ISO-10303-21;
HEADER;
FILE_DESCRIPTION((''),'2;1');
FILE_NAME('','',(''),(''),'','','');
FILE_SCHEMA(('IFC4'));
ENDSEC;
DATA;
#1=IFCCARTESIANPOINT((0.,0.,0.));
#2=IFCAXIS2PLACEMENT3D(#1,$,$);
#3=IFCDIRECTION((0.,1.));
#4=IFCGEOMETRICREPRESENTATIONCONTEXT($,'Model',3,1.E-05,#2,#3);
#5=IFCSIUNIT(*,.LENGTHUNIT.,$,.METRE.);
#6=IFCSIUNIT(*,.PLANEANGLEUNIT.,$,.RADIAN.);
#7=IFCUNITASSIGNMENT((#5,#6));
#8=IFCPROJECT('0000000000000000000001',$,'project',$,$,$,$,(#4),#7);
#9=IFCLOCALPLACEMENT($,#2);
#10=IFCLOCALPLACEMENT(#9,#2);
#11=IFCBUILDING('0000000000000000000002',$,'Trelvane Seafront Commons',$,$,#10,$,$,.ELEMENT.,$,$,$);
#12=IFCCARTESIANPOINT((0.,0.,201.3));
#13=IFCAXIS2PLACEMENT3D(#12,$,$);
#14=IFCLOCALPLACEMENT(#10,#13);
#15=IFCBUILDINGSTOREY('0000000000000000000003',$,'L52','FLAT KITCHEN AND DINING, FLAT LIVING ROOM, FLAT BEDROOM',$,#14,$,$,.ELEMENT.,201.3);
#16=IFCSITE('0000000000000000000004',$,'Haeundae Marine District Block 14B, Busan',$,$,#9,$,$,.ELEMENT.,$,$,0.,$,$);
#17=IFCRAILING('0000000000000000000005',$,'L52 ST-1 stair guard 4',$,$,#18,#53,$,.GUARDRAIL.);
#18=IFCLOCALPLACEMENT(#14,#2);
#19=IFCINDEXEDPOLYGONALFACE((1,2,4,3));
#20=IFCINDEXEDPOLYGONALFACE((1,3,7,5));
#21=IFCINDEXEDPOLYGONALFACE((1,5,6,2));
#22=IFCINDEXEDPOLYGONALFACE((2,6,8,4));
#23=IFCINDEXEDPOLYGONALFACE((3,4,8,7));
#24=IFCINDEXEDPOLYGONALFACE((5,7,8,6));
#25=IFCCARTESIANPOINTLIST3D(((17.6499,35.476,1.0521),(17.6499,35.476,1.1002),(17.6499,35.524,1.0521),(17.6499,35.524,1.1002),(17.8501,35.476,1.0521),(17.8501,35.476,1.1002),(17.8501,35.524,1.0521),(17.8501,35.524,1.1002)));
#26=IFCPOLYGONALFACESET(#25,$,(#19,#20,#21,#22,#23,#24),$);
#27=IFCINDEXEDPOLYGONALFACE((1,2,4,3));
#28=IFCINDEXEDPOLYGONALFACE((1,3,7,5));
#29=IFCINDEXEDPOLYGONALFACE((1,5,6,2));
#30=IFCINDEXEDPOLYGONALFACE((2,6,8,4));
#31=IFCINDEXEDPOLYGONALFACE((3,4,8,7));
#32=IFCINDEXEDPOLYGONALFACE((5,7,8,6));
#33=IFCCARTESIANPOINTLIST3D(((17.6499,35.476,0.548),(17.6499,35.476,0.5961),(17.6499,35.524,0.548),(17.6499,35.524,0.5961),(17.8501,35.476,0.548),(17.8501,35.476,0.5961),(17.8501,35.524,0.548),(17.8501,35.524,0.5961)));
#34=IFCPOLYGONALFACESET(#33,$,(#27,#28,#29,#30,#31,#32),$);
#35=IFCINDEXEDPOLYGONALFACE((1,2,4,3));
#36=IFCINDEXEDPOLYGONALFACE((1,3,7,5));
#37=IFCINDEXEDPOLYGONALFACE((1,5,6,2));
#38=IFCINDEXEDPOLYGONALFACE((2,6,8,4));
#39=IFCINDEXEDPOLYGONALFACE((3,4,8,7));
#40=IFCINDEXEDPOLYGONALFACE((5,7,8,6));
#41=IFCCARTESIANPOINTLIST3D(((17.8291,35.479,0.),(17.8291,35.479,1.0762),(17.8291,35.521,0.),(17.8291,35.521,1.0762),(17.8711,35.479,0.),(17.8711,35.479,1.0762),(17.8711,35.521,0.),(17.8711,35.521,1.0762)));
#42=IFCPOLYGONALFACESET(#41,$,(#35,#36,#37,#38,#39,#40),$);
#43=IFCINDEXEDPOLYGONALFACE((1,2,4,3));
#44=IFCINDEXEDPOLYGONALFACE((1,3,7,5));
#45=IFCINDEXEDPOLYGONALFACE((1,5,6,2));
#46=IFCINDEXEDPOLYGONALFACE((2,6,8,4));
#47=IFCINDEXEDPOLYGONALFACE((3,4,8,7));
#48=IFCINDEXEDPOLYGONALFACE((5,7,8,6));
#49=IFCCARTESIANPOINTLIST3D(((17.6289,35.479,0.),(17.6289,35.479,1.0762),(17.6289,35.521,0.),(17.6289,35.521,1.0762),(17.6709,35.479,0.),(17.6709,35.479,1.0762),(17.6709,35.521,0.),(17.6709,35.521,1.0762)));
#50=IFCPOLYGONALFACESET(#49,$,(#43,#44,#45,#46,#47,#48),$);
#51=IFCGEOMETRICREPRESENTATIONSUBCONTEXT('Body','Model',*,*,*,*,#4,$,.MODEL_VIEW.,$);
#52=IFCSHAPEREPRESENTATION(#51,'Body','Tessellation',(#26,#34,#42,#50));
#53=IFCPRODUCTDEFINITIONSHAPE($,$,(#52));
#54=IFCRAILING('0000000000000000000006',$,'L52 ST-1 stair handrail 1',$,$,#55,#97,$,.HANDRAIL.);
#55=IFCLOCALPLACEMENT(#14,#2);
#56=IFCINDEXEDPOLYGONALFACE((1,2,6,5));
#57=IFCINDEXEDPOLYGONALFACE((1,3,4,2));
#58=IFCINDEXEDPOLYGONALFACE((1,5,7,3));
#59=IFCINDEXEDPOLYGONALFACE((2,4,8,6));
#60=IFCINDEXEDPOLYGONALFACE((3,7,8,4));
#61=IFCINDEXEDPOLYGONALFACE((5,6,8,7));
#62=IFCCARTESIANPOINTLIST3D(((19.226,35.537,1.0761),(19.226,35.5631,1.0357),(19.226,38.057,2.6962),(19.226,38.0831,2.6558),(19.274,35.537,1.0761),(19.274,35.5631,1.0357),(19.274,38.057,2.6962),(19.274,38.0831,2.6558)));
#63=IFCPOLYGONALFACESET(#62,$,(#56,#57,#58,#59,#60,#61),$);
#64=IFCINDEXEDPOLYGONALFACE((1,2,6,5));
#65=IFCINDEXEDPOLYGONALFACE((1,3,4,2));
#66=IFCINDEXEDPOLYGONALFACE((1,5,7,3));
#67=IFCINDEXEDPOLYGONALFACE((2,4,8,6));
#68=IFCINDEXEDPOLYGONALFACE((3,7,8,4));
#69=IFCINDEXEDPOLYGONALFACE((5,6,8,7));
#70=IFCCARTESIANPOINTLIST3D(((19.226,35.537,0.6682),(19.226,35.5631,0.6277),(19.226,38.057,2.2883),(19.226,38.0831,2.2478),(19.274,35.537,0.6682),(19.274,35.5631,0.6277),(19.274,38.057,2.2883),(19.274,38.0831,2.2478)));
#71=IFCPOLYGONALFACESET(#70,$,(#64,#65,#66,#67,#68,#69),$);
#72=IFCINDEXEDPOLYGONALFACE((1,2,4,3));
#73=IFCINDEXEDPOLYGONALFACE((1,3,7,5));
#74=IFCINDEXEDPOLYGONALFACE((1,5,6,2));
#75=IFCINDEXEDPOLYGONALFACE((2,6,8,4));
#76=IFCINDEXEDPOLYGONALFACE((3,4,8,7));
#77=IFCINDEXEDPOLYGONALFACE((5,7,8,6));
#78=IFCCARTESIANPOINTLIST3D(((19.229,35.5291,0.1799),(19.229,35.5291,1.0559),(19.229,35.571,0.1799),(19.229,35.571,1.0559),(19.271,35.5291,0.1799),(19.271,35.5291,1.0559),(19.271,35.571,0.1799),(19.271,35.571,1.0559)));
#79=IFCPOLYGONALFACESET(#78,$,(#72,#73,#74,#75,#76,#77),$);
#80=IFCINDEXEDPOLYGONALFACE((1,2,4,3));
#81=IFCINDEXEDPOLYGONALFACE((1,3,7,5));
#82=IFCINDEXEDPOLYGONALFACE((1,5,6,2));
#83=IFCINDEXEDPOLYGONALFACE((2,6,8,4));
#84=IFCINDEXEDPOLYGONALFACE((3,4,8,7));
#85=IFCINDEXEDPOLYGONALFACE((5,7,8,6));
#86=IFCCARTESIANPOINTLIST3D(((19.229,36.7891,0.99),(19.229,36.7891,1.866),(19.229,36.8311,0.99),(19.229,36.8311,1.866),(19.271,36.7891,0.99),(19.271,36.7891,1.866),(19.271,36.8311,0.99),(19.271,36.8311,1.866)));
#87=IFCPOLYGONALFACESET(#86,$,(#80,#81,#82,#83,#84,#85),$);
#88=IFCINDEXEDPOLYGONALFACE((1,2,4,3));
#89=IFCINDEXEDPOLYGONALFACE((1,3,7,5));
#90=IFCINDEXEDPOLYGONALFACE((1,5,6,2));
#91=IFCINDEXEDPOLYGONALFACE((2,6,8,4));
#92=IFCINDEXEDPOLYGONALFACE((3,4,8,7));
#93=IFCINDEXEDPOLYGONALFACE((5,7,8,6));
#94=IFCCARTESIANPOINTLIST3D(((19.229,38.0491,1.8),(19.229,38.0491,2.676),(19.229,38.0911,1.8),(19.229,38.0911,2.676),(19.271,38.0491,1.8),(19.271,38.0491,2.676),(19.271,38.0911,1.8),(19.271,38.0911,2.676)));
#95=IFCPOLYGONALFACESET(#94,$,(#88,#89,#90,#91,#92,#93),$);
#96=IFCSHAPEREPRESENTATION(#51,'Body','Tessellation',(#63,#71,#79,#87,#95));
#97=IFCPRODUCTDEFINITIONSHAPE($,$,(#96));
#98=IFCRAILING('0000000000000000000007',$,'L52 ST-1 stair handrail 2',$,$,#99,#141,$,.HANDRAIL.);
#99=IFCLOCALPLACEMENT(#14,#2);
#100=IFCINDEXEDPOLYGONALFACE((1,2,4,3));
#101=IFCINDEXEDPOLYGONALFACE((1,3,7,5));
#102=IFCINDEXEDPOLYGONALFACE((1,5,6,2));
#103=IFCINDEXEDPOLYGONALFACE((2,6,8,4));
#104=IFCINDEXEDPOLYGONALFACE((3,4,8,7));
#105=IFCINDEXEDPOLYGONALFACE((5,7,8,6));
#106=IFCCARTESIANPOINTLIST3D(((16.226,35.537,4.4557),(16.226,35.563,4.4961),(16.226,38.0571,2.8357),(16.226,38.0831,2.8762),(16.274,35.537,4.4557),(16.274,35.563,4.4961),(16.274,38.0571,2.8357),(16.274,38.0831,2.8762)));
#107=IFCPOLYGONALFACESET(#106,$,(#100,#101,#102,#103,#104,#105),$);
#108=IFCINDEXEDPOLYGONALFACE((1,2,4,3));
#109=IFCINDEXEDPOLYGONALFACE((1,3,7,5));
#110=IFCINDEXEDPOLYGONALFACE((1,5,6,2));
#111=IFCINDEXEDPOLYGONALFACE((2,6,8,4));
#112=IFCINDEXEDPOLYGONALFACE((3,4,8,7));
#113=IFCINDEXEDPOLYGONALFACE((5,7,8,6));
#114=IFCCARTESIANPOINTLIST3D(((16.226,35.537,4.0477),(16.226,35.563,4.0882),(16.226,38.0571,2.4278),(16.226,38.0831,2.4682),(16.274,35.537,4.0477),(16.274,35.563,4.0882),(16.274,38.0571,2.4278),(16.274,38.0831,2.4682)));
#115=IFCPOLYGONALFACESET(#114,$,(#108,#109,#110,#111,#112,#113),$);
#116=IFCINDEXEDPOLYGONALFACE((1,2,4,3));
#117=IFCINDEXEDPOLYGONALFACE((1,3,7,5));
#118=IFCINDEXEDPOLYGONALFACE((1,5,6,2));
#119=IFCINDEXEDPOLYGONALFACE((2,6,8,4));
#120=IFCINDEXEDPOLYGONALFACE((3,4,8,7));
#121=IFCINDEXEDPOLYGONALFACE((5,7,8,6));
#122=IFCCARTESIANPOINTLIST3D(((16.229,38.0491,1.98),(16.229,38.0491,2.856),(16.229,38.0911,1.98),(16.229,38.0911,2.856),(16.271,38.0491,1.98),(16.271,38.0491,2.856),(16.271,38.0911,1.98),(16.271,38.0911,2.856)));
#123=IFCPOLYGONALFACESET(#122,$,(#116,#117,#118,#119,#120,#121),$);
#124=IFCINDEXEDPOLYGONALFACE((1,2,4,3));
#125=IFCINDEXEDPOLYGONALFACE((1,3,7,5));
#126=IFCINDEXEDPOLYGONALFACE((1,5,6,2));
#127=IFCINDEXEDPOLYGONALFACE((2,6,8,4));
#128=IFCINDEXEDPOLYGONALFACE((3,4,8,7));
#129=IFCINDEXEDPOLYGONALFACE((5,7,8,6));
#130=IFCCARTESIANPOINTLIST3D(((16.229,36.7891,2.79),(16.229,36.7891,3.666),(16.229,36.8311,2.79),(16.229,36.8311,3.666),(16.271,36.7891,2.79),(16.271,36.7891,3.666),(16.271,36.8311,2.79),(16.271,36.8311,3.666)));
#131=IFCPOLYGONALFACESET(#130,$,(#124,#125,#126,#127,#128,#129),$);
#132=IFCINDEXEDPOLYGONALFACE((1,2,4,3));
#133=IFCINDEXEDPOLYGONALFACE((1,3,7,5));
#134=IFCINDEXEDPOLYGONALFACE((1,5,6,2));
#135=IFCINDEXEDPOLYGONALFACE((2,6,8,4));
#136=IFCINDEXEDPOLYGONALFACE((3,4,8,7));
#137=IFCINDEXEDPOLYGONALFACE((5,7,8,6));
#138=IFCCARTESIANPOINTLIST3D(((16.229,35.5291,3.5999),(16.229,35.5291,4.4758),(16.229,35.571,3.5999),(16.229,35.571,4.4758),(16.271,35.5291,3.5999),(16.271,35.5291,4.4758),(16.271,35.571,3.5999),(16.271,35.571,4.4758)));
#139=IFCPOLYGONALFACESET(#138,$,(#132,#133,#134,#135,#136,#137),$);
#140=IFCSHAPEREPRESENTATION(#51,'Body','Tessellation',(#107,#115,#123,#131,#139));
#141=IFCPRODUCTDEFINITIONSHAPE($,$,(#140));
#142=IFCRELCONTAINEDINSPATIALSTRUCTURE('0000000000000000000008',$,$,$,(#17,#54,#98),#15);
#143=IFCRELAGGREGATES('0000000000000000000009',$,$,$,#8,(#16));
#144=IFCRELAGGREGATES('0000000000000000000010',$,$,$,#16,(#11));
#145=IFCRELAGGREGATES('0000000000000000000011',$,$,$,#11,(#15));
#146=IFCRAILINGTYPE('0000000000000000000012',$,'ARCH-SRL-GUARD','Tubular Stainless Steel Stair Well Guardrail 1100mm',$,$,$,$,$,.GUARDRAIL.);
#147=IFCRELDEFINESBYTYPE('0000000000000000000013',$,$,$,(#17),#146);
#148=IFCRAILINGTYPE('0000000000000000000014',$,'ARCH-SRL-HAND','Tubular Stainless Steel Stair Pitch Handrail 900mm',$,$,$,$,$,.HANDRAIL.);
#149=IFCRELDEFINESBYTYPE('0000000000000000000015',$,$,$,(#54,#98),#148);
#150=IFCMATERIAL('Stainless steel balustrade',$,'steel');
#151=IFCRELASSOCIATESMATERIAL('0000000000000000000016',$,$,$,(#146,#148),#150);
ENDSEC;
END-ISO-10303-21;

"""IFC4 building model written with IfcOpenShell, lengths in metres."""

from ifc_helpers import new_model, si_unit, direction, frame, origin, origin_2d, place, context, subcontext, project, spatial, rectangle, extrude, material, type_object, element, save


model = new_model("IFC4")

# Units and contexts
model_context = context("Model", 3, precision=1e-05, world=origin(), true_north=direction((0.0, 1.0)))
body_context = subcontext(model_context, "Body", "Model", "MODEL_VIEW")
ifc_project = project(units=[si_unit("LENGTHUNIT", "METRE"), si_unit("PLANEANGLEUNIT", "RADIAN")], contexts=[model_context])

# Site, building, storey
site_placement = place(None, origin())
site = spatial("IfcSite", under=ifc_project, at=site_placement, Name="Haeundae Marine District Block 14B, Busan", CompositionType="ELEMENT", RefElevation=0.0)
building_placement = place(site_placement, origin())
building = spatial("IfcBuilding", under=site, at=building_placement, Name="Trelvane Seafront Commons", CompositionType="ELEMENT")
storey_placement = place(building_placement, frame((0.0, 0.0, 201.3)))
storey = spatial("IfcBuildingStorey", under=building, at=storey_placement, Name="L52", Description="FLAT KITCHEN AND DINING, FLAT LIVING ROOM, FLAT BEDROOM", CompositionType="ELEMENT", Elevation=201.3)

# Shared definitions
ifc_material_1 = material(Name="Stainless steel balustrade", Category="steel")

# Railings
railing_type_1 = type_object("IfcRailingType", Name="ARCH-SRL-GUARD", Description="Tubular Stainless Steel Stair Well Guardrail 1100mm", PredefinedType="GUARDRAIL", material=ifc_material_1)
railing_1_placement = place(storey_placement, frame((17.8501, 35.5, 0.0)))
element("IfcRailing", 1, at=railing_1_placement, inside=storey, type_object=railing_type_1, Name="L52 ST-1 stair guard 4", PredefinedType="GUARDRAIL", context=body_context, shape_type="SweptSolid", body=[
    extrude(rectangle(XDim=0.0481, YDim=0.0481, at=origin_2d()), frame((0.0, 0.0, 1.0762), z_axis=(-1.0, 0.0, 0.0), x_axis=(0.0, -1.0, 0.0)), (0.0, 0.0, 1.0), 0.2002),
    extrude(rectangle(XDim=0.0481, YDim=0.0481, at=origin_2d()), frame((0.0, 0.0, 0.572), z_axis=(-1.0, 0.0, 0.0), x_axis=(0.0, -1.0, 0.0)), (0.0, 0.0, 1.0), 0.2002),
    extrude(rectangle(XDim=0.042, YDim=0.042, at=origin_2d()), origin(), (0.0, 0.0, 1.0), 1.0762),
    extrude(rectangle(XDim=0.042, YDim=0.042, at=origin_2d()), frame((-0.2002, 0.0, 0.0)), (0.0, 0.0, 1.0), 1.0762),
])
railing_type_2 = type_object("IfcRailingType", Name="ARCH-SRL-HAND", Description="Tubular Stainless Steel Stair Pitch Handrail 900mm", PredefinedType="HANDRAIL", material=ifc_material_1)
railing_2_placement = place(storey_placement, frame((19.25, 35.55, 0.1799)))
element("IfcRailing", 2, at=railing_2_placement, inside=storey, type_object=railing_type_2, Name="L52 ST-1 stair handrail 1", PredefinedType="HANDRAIL", context=body_context, shape_type="SweptSolid", body=[
    extrude(rectangle(XDim=0.0481, YDim=0.0481, at=origin_2d()), frame((0.0, 0.0, 0.876), z_axis=(0.0, 0.841163, 0.540782), x_axis=(-1.0, 0.0, 0.0)), (0.0, 0.0, 1.0), 2.9958),
    extrude(rectangle(XDim=0.0481, YDim=0.0481, at=origin_2d()), frame((0.0, 0.0, 0.468), z_axis=(0.0, 0.841163, 0.540782), x_axis=(-1.0, 0.0, 0.0)), (0.0, 0.0, 1.0), 2.9958),
    extrude(rectangle(XDim=0.042, YDim=0.042, at=origin_2d()), origin(), (0.0, 0.0, 1.0), 0.876),
    extrude(rectangle(XDim=0.042, YDim=0.042, at=origin_2d()), frame((0.0, 1.26, 0.8101)), (0.0, 0.0, 1.0), 0.876),
    extrude(rectangle(XDim=0.042, YDim=0.042, at=origin_2d()), frame((0.0, 2.52, 1.6201)), (0.0, 0.0, 1.0), 0.876),
])
railing_3_placement = place(storey_placement, frame((16.25, 38.0701, 1.98)))
element("IfcRailing", 3, at=railing_3_placement, inside=storey, type_object=railing_type_2, Name="L52 ST-1 stair handrail 2", PredefinedType="HANDRAIL", context=body_context, shape_type="SweptSolid", body=[
    extrude(rectangle(XDim=0.0481, YDim=0.0481, at=origin_2d()), frame((0.0, 0.0, 0.876), z_axis=(0.0, -0.8412, 0.540725), x_axis=(1.0, 0.0, 0.0)), (0.0, 0.0, 1.0), 2.9958),
    extrude(rectangle(XDim=0.0481, YDim=0.0481, at=origin_2d()), frame((0.0, 0.0, 0.468), z_axis=(0.0, -0.8412, 0.540725), x_axis=(1.0, 0.0, 0.0)), (0.0, 0.0, 1.0), 2.9958),
    extrude(rectangle(XDim=0.042, YDim=0.042, at=origin_2d()), origin(), (0.0, 0.0, 1.0), 0.876),
    extrude(rectangle(XDim=0.042, YDim=0.042, at=origin_2d()), frame((0.0, -1.26, 0.8101)), (0.0, 0.0, 1.0), 0.876),
    extrude(rectangle(XDim=0.042, YDim=0.042, at=origin_2d()), frame((0.0, -2.52, 1.6199)), (0.0, 0.0, 1.0), 0.876),
])

save(model, "model.ifc")
